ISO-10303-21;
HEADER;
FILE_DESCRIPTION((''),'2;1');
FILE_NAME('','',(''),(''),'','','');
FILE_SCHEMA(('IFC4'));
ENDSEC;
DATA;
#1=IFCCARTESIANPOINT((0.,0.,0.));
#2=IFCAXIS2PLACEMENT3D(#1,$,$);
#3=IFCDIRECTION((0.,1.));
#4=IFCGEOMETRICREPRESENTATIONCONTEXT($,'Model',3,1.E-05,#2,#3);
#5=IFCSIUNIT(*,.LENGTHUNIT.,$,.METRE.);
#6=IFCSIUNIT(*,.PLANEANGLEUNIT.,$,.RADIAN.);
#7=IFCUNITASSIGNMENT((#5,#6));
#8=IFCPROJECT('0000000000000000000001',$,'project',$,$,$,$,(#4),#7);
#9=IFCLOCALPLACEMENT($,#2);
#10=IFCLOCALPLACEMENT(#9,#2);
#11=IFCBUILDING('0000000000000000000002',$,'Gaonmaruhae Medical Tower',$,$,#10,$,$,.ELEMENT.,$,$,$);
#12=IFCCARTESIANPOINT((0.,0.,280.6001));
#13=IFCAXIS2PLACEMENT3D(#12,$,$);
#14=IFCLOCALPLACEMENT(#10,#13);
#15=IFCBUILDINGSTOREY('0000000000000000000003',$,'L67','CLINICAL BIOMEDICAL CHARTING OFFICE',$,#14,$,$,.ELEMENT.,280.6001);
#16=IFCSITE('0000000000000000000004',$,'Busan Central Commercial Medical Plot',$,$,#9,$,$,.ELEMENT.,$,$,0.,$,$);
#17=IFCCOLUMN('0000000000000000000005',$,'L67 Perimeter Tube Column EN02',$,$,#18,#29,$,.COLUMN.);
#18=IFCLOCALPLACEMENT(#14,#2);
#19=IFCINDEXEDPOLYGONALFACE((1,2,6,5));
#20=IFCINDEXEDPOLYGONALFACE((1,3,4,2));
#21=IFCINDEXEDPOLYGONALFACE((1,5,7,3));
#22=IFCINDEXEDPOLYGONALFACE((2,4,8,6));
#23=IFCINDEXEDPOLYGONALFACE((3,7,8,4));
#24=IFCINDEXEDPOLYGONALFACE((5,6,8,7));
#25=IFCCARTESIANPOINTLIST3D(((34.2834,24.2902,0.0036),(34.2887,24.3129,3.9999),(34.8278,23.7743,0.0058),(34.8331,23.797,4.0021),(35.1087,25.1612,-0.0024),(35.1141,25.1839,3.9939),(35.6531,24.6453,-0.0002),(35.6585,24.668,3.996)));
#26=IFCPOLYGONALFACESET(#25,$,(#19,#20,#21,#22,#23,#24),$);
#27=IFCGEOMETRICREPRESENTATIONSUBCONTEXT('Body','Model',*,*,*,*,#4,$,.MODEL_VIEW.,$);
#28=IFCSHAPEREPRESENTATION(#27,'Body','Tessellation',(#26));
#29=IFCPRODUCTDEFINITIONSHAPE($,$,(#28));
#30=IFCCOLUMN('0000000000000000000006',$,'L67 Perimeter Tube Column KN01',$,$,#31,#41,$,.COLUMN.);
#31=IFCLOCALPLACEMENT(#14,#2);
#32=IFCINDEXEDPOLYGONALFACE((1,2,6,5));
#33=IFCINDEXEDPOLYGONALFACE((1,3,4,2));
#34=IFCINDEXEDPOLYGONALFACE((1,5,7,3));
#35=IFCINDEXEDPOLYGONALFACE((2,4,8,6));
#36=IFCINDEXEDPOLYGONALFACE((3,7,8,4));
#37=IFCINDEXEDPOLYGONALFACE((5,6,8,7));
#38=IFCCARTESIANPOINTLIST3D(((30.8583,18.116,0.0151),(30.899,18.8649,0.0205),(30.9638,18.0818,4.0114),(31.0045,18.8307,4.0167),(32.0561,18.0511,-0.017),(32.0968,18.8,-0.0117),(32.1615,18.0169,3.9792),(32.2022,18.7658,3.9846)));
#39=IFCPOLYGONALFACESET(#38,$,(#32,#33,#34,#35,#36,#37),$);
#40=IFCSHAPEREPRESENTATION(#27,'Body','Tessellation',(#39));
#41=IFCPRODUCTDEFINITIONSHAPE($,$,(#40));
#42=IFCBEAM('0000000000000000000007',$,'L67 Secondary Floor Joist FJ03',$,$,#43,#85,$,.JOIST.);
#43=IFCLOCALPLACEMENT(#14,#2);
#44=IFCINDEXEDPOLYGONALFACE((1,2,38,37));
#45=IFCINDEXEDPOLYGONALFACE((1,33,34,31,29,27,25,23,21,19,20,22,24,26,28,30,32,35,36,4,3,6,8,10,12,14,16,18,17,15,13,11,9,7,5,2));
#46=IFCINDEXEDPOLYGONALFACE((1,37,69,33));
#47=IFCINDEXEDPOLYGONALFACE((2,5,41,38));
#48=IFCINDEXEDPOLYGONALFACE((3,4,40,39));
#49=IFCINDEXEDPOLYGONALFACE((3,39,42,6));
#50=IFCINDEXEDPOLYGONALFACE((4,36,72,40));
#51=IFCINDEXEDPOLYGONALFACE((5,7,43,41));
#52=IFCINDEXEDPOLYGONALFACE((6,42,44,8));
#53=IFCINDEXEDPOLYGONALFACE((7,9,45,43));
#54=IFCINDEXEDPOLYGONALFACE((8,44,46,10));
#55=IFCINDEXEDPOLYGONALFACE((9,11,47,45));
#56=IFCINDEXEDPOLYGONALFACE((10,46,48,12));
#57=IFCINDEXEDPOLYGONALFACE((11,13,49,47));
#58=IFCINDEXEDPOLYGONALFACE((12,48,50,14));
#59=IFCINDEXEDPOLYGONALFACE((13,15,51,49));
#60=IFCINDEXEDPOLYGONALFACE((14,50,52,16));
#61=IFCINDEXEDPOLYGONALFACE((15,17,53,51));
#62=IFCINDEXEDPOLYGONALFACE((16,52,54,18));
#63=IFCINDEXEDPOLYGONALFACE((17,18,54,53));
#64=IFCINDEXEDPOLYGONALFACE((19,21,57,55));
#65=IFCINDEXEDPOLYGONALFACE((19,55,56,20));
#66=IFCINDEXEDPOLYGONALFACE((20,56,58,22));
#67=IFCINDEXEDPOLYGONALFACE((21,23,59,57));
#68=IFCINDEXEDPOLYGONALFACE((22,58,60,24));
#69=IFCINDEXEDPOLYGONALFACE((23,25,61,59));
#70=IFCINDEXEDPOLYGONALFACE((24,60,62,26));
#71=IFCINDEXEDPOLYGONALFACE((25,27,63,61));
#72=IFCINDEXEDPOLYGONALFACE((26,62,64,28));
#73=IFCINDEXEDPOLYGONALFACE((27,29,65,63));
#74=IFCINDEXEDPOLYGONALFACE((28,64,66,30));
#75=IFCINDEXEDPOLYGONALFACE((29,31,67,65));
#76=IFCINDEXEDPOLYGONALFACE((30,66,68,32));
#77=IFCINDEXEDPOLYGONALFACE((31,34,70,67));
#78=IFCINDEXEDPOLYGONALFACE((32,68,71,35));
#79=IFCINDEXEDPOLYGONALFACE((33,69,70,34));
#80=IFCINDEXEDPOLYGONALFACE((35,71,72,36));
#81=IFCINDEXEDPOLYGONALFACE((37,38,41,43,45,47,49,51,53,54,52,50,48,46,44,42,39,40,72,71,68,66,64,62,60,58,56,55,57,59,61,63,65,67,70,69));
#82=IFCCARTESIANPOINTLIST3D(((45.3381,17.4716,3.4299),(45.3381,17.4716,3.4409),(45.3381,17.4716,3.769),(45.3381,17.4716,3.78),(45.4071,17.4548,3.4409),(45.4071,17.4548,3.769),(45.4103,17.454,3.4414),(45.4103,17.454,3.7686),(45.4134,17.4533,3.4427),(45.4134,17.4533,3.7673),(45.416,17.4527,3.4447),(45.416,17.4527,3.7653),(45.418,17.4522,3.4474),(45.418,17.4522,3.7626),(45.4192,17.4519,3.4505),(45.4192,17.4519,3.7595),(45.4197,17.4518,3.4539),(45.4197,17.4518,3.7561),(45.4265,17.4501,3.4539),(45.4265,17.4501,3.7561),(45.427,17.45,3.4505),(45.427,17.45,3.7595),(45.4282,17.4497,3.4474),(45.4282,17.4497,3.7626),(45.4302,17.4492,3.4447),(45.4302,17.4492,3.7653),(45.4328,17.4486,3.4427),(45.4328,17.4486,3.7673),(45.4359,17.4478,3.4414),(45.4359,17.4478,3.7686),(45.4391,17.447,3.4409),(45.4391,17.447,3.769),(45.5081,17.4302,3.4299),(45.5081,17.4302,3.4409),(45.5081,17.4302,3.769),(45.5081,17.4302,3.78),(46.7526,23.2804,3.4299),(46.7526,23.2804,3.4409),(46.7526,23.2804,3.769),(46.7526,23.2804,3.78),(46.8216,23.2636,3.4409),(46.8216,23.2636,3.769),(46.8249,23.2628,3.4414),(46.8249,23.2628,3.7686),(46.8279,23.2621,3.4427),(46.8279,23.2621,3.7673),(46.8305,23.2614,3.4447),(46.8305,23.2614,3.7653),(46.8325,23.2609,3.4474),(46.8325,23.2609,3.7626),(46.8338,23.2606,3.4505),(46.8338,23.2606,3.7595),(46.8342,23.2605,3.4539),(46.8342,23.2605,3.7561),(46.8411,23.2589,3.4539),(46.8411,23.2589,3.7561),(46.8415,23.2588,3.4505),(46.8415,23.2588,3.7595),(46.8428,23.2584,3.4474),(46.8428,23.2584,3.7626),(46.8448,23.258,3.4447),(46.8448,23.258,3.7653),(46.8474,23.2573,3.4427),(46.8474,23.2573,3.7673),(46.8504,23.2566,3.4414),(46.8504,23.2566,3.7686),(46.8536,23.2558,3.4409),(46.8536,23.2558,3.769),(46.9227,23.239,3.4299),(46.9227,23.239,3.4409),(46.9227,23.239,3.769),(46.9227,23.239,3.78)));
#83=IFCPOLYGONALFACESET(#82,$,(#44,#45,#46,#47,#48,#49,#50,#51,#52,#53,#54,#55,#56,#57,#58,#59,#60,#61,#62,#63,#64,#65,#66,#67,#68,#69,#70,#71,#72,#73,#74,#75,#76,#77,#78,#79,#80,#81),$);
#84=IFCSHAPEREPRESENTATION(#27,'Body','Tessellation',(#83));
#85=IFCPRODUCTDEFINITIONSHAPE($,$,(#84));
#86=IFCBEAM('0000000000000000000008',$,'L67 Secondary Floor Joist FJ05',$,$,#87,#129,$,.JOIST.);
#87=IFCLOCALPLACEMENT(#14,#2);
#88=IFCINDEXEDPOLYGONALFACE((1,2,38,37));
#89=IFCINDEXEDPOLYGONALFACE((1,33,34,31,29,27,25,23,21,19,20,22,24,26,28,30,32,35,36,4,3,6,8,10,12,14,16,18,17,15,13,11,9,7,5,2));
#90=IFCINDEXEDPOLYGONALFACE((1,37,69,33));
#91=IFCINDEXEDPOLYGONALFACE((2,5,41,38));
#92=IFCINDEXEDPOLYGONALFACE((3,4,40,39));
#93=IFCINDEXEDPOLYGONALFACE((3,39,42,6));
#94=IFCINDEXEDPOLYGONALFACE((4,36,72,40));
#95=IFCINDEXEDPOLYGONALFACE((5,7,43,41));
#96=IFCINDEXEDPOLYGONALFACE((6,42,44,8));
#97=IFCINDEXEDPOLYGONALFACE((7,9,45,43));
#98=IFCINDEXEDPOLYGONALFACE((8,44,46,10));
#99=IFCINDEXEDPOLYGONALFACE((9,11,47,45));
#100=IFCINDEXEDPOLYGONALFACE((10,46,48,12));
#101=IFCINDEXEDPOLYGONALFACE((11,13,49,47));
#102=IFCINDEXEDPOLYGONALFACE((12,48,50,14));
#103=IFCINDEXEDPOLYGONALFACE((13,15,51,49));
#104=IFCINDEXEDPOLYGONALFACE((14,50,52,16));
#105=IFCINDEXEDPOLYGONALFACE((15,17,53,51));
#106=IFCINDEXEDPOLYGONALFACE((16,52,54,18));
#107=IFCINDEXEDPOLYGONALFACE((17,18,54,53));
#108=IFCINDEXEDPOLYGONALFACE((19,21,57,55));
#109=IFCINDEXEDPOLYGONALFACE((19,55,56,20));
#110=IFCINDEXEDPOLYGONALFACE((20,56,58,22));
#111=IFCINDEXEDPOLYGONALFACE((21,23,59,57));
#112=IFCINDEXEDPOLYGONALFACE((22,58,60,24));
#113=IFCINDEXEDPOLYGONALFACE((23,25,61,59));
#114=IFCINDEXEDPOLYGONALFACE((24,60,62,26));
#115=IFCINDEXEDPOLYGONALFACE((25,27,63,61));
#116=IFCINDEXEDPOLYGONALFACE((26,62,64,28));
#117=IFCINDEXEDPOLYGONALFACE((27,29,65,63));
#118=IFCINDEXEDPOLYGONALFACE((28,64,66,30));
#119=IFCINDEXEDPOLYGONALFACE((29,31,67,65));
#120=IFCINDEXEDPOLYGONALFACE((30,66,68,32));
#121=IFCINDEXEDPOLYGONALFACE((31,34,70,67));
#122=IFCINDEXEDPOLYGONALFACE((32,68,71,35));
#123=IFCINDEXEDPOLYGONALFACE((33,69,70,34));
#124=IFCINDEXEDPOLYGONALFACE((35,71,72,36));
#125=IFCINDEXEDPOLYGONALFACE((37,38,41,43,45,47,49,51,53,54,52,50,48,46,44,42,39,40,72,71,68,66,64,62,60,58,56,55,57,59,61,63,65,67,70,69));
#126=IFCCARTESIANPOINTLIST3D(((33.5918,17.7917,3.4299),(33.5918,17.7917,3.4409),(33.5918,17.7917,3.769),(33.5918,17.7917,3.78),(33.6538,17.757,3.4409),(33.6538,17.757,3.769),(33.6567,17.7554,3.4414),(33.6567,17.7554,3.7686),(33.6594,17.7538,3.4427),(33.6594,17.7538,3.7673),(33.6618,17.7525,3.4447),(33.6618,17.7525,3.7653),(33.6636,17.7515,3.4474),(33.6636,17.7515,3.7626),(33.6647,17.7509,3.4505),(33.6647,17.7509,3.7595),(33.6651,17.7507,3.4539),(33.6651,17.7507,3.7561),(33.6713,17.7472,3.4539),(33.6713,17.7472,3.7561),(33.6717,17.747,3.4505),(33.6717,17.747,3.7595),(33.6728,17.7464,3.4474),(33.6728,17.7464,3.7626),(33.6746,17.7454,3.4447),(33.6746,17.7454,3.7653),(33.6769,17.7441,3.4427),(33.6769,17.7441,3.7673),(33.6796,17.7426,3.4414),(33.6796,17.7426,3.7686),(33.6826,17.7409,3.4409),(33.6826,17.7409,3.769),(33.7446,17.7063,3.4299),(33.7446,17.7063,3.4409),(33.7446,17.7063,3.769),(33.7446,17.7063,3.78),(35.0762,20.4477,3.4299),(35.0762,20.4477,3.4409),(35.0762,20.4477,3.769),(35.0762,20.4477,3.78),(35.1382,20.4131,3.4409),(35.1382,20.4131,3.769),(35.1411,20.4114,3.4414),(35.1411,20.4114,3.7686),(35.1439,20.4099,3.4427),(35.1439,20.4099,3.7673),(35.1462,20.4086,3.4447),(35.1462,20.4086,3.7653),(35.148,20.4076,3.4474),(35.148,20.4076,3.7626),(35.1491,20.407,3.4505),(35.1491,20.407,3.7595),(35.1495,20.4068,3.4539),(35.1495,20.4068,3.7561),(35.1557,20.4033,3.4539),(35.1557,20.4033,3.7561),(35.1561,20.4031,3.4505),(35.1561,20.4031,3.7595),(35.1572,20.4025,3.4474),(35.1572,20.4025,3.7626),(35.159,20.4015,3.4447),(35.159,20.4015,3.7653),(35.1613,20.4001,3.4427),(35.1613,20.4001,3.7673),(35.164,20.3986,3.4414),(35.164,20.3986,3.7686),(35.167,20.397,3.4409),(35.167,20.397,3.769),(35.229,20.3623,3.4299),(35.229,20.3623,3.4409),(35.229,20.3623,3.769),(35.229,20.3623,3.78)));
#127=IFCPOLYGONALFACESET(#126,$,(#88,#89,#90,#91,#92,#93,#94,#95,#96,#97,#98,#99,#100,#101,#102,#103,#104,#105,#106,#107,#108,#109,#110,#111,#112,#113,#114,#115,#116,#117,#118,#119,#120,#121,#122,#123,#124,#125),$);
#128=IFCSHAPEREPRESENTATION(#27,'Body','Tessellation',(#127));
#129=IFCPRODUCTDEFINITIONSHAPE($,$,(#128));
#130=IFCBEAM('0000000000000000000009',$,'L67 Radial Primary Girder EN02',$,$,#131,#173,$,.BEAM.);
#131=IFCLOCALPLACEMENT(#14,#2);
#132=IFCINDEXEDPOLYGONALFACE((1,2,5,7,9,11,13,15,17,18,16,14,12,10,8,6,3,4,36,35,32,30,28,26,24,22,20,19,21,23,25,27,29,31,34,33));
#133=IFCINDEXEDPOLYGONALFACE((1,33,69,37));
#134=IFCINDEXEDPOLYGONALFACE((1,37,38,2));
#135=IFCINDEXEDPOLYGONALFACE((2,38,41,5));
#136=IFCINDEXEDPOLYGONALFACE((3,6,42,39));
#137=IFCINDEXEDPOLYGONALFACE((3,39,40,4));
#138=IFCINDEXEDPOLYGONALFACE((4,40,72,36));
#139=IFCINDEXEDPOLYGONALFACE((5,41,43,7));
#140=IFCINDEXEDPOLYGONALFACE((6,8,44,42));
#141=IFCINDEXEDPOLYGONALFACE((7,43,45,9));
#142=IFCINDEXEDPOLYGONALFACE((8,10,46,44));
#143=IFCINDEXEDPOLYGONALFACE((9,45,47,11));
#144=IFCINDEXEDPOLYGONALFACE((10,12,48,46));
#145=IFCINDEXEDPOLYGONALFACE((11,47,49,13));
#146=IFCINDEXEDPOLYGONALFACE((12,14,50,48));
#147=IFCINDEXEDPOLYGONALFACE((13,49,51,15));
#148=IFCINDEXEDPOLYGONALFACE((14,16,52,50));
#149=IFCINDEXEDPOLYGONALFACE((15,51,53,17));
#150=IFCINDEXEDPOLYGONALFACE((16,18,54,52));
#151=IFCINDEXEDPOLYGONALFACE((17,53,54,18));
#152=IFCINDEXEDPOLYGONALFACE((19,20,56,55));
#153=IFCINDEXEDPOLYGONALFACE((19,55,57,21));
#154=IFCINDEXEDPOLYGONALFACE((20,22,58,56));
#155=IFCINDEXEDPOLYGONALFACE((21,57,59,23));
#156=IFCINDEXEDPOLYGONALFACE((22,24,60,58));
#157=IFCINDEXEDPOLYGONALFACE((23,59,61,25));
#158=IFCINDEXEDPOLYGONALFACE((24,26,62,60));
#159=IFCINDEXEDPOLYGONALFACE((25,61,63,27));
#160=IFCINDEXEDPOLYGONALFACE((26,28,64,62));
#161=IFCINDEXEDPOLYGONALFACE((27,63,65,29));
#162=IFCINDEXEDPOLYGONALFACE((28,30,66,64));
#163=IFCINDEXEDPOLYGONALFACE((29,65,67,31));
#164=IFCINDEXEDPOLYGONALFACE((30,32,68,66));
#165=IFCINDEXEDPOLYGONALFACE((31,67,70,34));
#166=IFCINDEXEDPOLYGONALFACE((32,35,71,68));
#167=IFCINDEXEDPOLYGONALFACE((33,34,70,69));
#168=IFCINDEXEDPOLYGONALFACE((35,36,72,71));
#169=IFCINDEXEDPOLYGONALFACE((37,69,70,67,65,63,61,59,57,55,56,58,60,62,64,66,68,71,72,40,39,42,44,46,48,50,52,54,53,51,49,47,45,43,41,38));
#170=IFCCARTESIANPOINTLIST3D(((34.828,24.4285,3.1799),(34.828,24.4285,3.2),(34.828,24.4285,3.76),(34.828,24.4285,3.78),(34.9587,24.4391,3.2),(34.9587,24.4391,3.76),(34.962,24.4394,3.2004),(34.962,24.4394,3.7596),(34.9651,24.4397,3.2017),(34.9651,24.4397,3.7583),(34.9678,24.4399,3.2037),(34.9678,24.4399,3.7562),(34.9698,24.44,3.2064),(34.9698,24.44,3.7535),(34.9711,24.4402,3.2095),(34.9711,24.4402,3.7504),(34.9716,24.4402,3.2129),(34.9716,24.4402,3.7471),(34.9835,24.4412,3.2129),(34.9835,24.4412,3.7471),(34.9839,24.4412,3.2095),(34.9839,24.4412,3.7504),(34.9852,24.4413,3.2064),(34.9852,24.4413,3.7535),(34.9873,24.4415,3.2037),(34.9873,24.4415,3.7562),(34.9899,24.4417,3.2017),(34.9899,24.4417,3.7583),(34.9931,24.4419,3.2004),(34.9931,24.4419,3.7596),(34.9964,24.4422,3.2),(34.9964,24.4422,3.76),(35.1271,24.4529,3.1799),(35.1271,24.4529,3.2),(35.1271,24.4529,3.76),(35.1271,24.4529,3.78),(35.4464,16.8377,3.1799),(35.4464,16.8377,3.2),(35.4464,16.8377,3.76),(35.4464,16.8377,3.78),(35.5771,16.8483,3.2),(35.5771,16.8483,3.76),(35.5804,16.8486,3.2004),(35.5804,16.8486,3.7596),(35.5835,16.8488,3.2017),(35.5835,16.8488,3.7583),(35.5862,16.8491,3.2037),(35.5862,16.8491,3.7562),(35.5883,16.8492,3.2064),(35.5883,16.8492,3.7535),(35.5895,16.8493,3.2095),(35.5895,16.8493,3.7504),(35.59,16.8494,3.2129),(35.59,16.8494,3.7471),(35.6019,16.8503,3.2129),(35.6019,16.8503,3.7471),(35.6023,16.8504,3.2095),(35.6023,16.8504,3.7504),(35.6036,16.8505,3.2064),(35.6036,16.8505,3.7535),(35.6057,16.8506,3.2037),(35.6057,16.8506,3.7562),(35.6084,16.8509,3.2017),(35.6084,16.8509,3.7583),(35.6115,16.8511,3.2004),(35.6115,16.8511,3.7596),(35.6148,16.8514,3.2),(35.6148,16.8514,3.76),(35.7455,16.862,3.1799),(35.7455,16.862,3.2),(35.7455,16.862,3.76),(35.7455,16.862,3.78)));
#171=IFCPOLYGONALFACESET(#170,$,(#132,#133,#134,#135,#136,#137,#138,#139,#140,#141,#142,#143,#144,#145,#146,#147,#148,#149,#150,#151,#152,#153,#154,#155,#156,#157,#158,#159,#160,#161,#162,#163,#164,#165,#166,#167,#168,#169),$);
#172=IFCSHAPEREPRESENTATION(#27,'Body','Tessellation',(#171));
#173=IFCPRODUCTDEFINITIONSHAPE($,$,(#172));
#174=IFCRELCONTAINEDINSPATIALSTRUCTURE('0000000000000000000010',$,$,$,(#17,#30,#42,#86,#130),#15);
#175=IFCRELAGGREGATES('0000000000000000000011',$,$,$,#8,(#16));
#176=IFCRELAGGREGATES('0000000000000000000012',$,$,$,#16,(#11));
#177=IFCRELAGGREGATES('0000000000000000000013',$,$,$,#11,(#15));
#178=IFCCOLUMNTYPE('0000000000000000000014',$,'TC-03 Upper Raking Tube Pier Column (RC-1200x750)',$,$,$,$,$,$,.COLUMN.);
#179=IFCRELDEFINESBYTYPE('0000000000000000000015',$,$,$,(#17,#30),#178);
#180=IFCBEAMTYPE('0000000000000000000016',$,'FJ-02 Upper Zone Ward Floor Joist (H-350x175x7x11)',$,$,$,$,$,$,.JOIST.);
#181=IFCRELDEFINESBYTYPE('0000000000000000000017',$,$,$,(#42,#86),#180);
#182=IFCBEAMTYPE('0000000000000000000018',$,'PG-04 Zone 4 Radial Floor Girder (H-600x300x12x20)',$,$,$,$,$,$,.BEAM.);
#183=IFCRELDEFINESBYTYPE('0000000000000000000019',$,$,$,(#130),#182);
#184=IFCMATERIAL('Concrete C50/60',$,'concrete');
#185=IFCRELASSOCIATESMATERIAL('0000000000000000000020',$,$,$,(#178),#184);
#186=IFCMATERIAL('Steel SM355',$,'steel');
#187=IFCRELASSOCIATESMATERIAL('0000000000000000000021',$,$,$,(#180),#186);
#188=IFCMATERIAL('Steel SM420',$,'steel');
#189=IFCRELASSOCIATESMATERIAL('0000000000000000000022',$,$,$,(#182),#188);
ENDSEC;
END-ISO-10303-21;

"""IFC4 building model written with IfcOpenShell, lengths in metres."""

from ifc_helpers import new_model, si_unit, direction, frame, origin, origin_2d, place, context, subcontext, project, spatial, rectangle, i_section, extrude, material, material_profile, profile_set, type_object, element, save


model = new_model("IFC4")

# Units and contexts
model_context = context("Model", 3, precision=1e-05, world=origin(), true_north=direction((0.0, 1.0)))
body_context = subcontext(model_context, "Body", "Model", "MODEL_VIEW")
ifc_project = project(units=[si_unit("LENGTHUNIT", "METRE"), si_unit("PLANEANGLEUNIT", "RADIAN")], contexts=[model_context])

# Site, building, storey
site_placement = place(None, origin())
site = spatial("IfcSite", under=ifc_project, at=site_placement, Name="Busan Central Commercial Medical Plot", CompositionType="ELEMENT", RefElevation=0.0)
building_placement = place(site_placement, origin())
building = spatial("IfcBuilding", under=site, at=building_placement, Name="Gaonmaruhae Medical Tower", CompositionType="ELEMENT")
storey_placement = place(building_placement, frame((0.0, 0.0, 280.6001)))
storey = spatial("IfcBuildingStorey", under=building, at=storey_placement, Name="L67", Description="CLINICAL BIOMEDICAL CHARTING OFFICE", CompositionType="ELEMENT", Elevation=280.6001)

# Columns
ifc_material_1 = material(Name="Concrete C50/60", Category="concrete")
ifc_material_profile_1 = material_profile(ifc_material_1, rectangle(XDim=1.2, YDim=0.75, at=origin_2d()), Name="RC-1200x750")
ifc_profile_set_1 = profile_set([ifc_material_profile_1], Name="Concrete C50/60")
column_type = type_object("IfcColumnType", Name="TC-03 Upper Raking Tube Pier Column (RC-1200x750)", PredefinedType="COLUMN", material=ifc_profile_set_1)
column_1_placement = place(storey_placement, frame((34.9683, 24.4678, 0.0017), z_axis=(0.001344, 0.005681, 0.999983), x_axis=(-0.687834, -0.72585, 0.005048)))
element("IfcColumn", 1, at=column_1_placement, inside=storey, type_object=column_type, Name="L67 Perimeter Tube Column EN02", PredefinedType="COLUMN", context=body_context, shape_type="SweptSolid", body=[
    extrude(rectangle(XDim=1.2, YDim=0.75, at=origin_2d()), origin(), (0.0, 0.0, 1.0), 3.9963),
])
column_2_placement = place(storey_placement, frame((31.4775, 18.458, 0.0017), z_axis=(0.026381, -0.008549, 0.999615), x_axis=(-0.998177, 0.054072, 0.026806)))
element("IfcColumn", 2, at=column_2_placement, inside=storey, type_object=column_type, Name="L67 Perimeter Tube Column KN01", PredefinedType="COLUMN", context=body_context, shape_type="SweptSolid", body=[
    extrude(rectangle(XDim=1.2, YDim=0.75, at=origin_2d()), origin(), (0.0, 0.0, 1.0), 3.9978),
])

# Beams
ifc_material_2 = material(Name="Steel SM355", Category="steel")
ifc_material_profile_2 = material_profile(ifc_material_2, i_section(OverallWidth=0.175, OverallDepth=0.3501, WebThickness=0.0071, FlangeThickness=0.011, FilletRadius=0.0129, at=origin_2d()), Name="H-350x175x7x11")
ifc_profile_set_2 = profile_set([ifc_material_profile_2], Name="Steel SM355")
beam_type_1 = type_object("IfcBeamType", Name="FJ-02 Upper Zone Ward Floor Joist (H-350x175x7x11)", PredefinedType="JOIST", material=ifc_profile_set_2)
beam_1_placement = place(storey_placement, frame((45.4231, 17.4509, 3.605), z_axis=(0.236603, 0.971606, 0.0), x_axis=(-0.971606, 0.236603, 0.0)))
element("IfcBeam", 3, at=beam_1_placement, inside=storey, type_object=beam_type_1, Name="L67 Secondary Floor Joist FJ03", PredefinedType="JOIST", context=body_context, shape_type="SweptSolid", body=[
    extrude(i_section(OverallWidth=0.175, OverallDepth=0.3501, WebThickness=0.0071, FlangeThickness=0.011, FilletRadius=0.0129, at=origin_2d()), origin(), (0.0, 0.0, 1.0), 5.9785),
])
beam_2_placement = place(storey_placement, frame((35.1526, 20.405, 3.605), z_axis=(-0.487856, -0.872924, 0.0), x_axis=(0.872924, -0.487856, 0.0)))
element("IfcBeam", 4, at=beam_2_placement, inside=storey, type_object=beam_type_1, Name="L67 Secondary Floor Joist FJ05", PredefinedType="JOIST", context=body_context, shape_type="SweptSolid", body=[
    extrude(i_section(OverallWidth=0.175, OverallDepth=0.3501, WebThickness=0.0071, FlangeThickness=0.011, FilletRadius=0.0129, at=origin_2d()), origin(), (0.0, 0.0, 1.0), 3.0427),
])
ifc_material_3 = material(Name="Steel SM420", Category="steel")
ifc_material_profile_3 = material_profile(ifc_material_3, i_section(OverallWidth=0.3, OverallDepth=0.6001, WebThickness=0.012, FlangeThickness=0.02, FilletRadius=0.0129, at=origin_2d()), Name="H-600x300x12x20")
ifc_profile_set_3 = profile_set([ifc_material_profile_3], Name="Steel SM420")
beam_type_2 = type_object("IfcBeamType", Name="PG-04 Zone 4 Radial Floor Girder (H-600x300x12x20)", PredefinedType="BEAM", material=ifc_profile_set_3)
beam_3_placement = place(storey_placement, frame((35.5959, 16.8499, 3.48), z_axis=(-0.081199, 0.996698, 0.0), x_axis=(-0.996698, -0.081199, 0.0)))
element("IfcBeam", 5, at=beam_3_placement, inside=storey, type_object=beam_type_2, Name="L67 Radial Primary Girder EN02", PredefinedType="BEAM", context=body_context, shape_type="SweptSolid", body=[
    extrude(i_section(OverallWidth=0.3, OverallDepth=0.6001, WebThickness=0.012, FlangeThickness=0.02, FilletRadius=0.0129, at=origin_2d()), origin(), (0.0, 0.0, 1.0), 7.616),
])

save(model, "model.ifc")
